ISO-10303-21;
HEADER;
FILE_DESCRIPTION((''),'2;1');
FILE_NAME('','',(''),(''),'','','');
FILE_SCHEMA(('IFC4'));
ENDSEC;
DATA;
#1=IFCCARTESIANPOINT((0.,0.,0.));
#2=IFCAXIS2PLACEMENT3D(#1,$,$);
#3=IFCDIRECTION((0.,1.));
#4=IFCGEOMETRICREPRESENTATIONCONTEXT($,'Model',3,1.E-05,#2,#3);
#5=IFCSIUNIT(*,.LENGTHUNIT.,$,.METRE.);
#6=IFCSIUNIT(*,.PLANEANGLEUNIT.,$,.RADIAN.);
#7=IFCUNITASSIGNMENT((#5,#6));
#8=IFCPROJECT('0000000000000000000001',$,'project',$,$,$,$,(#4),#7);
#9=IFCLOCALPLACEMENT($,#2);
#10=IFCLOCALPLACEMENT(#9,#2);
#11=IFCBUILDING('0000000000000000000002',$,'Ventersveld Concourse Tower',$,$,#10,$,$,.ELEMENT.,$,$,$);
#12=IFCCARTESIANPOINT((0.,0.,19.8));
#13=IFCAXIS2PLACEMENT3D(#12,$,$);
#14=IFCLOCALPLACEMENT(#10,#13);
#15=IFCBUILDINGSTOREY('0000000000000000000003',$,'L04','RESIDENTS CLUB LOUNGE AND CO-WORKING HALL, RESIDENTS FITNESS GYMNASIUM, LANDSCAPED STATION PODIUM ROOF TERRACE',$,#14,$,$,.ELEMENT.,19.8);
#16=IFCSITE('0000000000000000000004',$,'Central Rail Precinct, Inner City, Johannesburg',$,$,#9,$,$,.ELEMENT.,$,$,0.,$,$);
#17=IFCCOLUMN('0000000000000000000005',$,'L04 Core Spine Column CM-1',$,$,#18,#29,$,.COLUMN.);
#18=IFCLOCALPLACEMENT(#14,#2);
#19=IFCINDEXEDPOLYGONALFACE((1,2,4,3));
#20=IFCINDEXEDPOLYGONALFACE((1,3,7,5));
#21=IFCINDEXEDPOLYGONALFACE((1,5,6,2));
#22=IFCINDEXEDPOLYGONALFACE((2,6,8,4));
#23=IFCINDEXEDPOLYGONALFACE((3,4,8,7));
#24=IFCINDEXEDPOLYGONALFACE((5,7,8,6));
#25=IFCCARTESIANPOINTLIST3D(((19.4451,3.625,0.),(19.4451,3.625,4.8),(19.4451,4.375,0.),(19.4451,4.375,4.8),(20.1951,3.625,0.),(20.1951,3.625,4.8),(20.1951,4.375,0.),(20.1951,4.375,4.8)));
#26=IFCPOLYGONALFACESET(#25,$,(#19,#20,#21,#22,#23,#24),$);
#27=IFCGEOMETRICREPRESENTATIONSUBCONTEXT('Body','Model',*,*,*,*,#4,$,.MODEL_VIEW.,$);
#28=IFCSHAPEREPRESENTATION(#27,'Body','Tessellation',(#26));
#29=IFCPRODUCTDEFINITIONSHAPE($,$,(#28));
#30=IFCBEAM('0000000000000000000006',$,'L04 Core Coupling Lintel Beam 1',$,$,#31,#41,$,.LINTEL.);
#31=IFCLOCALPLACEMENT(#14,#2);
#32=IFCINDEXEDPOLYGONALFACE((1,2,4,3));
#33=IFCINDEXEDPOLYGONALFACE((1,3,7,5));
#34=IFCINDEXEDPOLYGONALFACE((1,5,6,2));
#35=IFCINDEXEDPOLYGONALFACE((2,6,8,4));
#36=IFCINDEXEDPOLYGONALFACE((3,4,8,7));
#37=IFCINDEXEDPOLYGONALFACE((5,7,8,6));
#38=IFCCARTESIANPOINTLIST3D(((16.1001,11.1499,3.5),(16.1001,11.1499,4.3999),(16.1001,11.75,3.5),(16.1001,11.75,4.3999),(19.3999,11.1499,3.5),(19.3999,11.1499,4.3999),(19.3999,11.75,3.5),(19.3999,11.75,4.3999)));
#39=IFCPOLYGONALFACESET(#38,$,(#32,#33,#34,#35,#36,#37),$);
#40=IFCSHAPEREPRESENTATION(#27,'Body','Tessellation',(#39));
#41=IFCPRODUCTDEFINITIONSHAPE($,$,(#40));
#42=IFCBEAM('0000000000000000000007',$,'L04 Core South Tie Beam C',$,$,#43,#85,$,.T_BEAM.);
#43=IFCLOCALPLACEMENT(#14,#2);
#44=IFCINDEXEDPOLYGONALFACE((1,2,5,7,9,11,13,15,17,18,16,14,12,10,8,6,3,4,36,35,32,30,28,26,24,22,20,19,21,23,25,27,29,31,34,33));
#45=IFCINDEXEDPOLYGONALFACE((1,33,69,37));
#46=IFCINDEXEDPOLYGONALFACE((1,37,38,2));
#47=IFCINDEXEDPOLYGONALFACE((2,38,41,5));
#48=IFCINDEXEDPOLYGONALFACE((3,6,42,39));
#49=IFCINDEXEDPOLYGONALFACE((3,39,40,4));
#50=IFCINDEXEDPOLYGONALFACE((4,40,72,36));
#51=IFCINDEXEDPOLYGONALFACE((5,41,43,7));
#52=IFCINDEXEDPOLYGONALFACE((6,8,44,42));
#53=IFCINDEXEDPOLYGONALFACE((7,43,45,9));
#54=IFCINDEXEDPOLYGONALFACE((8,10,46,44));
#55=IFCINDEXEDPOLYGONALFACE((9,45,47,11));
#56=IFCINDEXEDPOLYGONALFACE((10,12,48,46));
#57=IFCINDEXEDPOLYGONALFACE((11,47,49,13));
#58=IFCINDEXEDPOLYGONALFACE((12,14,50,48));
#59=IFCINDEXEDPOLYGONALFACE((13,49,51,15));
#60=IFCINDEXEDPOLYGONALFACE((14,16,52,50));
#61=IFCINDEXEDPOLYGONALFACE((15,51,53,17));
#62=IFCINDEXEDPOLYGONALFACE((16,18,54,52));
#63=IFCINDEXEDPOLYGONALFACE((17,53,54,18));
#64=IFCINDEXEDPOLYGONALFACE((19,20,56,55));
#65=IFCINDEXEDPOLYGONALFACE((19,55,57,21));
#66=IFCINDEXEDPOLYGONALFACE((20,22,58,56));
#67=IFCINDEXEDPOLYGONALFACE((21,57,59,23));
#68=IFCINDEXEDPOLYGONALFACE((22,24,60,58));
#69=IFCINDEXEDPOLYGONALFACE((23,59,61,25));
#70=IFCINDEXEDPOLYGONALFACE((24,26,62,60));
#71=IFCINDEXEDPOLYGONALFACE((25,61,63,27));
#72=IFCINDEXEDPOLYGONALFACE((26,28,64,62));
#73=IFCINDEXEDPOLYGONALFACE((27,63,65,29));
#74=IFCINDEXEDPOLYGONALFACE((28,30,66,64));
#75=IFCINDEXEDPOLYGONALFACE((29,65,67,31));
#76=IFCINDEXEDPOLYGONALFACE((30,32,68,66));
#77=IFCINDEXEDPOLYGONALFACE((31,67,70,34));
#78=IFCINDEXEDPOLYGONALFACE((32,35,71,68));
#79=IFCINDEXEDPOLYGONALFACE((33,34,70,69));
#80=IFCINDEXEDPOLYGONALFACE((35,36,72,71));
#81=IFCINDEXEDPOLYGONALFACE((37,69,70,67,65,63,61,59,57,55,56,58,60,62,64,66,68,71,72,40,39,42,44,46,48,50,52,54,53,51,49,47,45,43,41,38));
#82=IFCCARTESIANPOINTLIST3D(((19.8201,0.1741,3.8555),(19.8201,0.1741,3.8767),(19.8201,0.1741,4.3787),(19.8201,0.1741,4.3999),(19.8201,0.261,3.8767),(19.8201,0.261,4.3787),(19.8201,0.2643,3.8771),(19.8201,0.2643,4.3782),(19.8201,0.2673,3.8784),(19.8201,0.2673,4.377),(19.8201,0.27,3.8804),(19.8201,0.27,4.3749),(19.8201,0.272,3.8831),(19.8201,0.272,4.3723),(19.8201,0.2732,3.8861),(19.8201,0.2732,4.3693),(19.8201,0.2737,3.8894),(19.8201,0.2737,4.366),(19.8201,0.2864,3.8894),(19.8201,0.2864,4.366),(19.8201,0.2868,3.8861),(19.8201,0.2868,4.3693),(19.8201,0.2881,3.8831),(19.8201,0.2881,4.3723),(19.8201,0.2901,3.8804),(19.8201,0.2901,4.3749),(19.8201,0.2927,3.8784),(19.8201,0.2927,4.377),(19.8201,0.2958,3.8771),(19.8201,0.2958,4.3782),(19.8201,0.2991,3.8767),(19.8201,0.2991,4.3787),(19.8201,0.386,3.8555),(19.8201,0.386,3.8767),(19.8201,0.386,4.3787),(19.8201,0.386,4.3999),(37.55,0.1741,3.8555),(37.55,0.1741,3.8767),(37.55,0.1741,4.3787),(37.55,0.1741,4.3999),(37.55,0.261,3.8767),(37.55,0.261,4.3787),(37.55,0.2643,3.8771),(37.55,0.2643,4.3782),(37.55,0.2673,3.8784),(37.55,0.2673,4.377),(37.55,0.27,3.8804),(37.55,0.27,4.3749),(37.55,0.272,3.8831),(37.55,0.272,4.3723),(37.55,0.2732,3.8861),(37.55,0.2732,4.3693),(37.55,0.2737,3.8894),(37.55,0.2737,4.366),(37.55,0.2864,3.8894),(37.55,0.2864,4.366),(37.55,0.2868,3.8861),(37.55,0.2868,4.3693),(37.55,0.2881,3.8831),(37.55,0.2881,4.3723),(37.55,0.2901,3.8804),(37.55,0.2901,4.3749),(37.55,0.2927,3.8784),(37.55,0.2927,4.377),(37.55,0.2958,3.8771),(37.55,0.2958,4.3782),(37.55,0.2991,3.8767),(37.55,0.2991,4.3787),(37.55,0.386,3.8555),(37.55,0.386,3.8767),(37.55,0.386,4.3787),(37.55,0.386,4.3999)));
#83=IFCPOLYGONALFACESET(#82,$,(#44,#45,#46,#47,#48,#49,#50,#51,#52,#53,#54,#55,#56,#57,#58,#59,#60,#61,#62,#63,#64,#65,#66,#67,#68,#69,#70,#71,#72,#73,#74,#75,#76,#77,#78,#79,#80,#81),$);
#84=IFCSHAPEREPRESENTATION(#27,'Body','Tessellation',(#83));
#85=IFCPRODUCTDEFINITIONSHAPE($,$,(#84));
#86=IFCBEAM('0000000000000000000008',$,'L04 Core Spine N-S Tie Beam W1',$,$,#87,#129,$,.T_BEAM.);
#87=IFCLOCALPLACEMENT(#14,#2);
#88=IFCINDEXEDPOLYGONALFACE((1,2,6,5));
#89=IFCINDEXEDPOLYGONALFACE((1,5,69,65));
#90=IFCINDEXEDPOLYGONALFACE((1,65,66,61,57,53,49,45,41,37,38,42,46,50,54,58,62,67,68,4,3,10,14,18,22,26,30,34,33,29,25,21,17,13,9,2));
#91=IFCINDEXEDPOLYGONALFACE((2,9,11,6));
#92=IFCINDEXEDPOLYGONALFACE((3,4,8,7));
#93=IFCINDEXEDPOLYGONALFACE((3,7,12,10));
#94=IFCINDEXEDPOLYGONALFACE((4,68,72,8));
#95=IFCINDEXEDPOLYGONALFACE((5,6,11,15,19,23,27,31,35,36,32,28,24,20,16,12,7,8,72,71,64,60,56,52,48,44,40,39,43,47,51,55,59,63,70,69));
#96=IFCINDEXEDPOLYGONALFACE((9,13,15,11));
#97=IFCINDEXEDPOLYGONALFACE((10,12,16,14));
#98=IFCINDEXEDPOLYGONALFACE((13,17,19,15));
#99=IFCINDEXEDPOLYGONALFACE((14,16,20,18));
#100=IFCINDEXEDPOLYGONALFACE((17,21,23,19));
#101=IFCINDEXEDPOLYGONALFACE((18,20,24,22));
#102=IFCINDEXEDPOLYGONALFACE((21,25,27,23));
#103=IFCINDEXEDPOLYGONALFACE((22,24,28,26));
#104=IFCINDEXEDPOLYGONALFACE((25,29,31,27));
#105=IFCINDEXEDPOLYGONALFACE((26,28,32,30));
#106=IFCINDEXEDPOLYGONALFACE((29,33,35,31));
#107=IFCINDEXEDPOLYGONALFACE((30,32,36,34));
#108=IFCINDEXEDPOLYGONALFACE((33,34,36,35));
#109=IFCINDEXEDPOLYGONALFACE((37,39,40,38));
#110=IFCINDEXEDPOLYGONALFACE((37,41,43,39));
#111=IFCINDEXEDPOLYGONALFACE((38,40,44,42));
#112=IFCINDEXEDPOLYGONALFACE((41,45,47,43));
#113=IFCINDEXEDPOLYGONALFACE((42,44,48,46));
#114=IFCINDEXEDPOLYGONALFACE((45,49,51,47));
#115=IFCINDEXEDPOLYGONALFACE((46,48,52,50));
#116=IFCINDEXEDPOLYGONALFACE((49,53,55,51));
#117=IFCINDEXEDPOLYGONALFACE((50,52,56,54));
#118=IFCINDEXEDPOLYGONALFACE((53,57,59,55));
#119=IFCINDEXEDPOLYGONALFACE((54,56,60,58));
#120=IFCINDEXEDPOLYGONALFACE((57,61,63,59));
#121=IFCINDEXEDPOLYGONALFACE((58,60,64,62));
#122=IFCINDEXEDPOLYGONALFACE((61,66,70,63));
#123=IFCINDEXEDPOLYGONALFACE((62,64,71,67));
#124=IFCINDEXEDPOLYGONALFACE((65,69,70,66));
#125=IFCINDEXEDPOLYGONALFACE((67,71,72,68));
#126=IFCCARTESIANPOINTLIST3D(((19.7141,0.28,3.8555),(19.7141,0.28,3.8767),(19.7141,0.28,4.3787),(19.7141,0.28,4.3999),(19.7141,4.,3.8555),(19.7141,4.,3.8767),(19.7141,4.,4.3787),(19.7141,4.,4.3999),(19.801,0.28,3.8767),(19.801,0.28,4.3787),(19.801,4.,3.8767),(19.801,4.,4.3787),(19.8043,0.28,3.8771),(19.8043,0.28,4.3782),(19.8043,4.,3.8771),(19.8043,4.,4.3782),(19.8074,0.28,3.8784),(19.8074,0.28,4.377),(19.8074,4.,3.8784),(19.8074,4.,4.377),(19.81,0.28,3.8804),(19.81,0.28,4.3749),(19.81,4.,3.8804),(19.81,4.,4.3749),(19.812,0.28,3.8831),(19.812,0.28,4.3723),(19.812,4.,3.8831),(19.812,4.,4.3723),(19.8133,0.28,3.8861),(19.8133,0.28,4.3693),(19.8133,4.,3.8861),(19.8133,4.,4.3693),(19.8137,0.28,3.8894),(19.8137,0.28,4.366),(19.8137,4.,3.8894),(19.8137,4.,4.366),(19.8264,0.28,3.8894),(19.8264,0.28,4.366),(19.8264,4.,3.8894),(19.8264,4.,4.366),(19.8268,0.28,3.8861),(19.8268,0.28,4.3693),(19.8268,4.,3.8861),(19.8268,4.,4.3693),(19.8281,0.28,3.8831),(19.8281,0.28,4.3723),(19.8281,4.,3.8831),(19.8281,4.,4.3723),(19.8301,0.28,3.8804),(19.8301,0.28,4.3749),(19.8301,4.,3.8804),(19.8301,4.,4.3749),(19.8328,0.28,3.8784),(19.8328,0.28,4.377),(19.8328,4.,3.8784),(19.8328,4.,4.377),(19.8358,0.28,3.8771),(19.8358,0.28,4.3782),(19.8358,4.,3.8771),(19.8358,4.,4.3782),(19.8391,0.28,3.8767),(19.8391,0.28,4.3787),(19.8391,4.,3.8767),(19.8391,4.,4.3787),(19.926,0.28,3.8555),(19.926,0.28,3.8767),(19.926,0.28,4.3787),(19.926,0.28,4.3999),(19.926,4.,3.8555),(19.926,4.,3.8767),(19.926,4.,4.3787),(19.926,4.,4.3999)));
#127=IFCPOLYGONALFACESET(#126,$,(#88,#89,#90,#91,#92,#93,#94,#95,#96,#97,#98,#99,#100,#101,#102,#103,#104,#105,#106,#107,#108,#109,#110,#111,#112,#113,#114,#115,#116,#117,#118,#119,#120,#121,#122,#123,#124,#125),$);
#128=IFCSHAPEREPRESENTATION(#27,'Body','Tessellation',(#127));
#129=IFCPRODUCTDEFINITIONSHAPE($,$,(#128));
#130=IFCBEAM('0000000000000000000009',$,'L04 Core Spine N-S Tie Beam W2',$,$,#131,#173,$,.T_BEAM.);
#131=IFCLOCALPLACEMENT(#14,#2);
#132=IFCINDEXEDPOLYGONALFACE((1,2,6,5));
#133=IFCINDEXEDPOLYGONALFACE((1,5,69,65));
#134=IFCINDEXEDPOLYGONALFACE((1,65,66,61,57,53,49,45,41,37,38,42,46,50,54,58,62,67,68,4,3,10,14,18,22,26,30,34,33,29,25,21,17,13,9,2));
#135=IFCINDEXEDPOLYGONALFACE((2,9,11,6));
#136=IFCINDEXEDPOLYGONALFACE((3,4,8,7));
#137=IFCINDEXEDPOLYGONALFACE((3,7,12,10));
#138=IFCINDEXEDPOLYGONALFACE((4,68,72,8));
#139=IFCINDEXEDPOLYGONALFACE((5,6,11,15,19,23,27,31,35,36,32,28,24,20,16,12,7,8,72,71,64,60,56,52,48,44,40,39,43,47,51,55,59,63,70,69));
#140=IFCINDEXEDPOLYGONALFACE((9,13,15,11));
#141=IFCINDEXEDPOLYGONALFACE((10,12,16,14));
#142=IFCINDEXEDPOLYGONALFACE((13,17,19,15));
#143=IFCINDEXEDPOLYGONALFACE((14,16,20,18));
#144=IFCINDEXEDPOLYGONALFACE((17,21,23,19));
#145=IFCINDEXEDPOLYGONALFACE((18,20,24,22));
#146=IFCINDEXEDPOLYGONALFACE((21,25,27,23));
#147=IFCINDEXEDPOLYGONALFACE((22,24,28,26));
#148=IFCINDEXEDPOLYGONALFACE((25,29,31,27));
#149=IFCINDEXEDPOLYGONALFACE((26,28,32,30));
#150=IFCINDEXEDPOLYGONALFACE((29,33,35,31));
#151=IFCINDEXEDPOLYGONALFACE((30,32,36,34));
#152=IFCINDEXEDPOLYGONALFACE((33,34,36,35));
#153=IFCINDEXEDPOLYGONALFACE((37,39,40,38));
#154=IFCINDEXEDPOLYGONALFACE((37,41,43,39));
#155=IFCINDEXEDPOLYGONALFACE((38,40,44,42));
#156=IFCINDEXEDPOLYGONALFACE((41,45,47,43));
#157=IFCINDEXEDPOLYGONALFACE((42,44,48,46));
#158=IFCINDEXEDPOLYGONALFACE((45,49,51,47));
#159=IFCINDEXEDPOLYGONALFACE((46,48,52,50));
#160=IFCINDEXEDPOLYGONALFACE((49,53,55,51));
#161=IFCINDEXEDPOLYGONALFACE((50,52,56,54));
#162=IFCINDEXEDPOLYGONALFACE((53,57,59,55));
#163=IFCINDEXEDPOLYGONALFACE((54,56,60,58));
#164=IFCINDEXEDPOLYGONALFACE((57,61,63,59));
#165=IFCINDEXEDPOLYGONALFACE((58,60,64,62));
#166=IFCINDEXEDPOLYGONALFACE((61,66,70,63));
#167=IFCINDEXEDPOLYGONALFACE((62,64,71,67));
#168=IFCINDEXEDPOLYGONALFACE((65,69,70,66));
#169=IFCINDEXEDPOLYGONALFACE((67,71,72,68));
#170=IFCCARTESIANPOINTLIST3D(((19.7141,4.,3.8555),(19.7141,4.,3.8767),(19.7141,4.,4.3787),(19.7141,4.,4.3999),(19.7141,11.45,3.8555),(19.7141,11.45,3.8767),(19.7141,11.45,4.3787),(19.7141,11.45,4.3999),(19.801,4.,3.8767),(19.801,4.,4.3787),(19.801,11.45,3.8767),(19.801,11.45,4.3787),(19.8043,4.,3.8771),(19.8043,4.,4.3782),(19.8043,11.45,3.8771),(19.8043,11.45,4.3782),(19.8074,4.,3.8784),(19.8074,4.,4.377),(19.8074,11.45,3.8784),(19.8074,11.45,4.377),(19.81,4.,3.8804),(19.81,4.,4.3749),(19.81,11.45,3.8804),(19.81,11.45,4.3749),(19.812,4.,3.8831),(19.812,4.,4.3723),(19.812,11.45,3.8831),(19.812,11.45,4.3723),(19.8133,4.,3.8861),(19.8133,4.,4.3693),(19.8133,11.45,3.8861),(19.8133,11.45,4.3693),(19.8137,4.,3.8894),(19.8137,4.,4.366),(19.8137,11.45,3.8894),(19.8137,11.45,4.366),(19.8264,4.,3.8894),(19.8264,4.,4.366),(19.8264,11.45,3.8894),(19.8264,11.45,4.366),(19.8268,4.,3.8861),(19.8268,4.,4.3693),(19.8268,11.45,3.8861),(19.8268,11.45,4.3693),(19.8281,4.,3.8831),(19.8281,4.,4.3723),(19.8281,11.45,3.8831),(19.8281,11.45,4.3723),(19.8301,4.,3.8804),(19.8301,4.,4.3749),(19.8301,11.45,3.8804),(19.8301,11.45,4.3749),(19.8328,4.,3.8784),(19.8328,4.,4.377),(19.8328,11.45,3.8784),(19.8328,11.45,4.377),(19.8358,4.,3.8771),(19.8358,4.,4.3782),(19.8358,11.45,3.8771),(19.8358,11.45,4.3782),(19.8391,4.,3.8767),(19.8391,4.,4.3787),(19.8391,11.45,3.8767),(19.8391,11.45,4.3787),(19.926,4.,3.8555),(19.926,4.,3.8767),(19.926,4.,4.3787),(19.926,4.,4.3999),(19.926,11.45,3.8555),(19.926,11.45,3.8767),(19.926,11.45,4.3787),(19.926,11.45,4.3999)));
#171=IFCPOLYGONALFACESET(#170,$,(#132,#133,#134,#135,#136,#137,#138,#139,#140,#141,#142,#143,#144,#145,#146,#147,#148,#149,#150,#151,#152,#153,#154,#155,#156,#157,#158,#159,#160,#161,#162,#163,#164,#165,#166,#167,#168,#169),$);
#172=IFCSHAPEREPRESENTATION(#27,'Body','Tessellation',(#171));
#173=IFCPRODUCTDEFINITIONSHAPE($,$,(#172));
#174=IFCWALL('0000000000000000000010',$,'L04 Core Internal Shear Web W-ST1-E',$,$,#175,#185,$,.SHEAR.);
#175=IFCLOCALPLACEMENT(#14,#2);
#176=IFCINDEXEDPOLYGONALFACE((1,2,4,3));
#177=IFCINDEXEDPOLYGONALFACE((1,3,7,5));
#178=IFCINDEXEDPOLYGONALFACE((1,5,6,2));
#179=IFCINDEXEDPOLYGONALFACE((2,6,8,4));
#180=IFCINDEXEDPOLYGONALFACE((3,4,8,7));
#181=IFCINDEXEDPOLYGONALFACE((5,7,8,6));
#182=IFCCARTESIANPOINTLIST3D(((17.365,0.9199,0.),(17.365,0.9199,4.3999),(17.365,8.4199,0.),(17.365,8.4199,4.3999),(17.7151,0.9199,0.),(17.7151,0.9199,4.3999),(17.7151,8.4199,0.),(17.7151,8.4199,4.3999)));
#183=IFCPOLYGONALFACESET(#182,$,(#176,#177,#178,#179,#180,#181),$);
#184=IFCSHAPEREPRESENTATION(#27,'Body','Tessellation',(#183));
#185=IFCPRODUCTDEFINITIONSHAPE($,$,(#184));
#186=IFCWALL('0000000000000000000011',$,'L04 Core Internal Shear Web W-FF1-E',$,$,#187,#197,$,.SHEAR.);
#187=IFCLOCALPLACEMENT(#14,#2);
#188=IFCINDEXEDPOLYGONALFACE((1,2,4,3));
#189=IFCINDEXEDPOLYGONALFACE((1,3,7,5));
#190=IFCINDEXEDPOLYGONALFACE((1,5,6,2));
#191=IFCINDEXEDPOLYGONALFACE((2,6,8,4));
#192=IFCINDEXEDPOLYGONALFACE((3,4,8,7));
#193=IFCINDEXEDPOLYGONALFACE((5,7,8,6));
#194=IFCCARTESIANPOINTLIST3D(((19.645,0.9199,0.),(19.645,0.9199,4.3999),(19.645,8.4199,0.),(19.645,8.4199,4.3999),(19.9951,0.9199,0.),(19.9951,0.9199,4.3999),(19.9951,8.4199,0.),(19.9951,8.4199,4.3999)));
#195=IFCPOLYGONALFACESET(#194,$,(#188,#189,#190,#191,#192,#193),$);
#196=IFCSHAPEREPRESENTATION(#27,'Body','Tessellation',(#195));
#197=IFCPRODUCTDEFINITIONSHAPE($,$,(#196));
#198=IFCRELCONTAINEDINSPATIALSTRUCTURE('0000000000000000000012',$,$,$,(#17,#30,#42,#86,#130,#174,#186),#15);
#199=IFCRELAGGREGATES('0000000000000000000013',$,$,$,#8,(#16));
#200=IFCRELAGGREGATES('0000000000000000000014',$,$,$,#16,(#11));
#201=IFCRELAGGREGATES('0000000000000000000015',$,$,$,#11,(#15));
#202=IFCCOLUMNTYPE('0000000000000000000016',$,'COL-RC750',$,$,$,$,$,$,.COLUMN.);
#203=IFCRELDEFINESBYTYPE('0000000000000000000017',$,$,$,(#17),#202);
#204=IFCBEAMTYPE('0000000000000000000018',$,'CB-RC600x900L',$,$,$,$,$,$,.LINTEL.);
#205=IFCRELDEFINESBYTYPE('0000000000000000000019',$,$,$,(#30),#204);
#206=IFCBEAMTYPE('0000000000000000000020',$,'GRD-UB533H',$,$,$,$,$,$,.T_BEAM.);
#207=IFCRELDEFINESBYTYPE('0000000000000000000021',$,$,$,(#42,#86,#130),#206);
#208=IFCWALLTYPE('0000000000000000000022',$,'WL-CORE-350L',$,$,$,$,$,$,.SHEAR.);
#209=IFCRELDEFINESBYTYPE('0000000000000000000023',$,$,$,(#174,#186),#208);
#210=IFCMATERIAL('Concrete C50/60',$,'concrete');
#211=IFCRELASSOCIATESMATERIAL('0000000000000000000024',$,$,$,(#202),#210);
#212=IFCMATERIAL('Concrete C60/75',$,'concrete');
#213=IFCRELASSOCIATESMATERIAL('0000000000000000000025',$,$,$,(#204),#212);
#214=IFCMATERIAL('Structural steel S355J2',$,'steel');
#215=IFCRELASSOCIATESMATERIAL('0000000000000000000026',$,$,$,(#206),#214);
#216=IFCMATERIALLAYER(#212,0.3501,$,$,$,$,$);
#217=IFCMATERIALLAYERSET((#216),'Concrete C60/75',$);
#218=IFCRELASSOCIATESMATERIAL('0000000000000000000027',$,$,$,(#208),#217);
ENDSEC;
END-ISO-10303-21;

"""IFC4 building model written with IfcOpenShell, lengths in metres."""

from ifc_helpers import new_model, si_unit, direction, frame, frame_2d, origin, origin_2d, place, context, subcontext, project, spatial, rectangle, i_section, extrude, material, layer, layer_set, material_profile, profile_set, type_object, element, save


model = new_model("IFC4")

# Units and contexts
model_context = context("Model", 3, precision=1e-05, world=origin(), true_north=direction((0.0, 1.0)))
body_context = subcontext(model_context, "Body", "Model", "MODEL_VIEW")
ifc_project = project(units=[si_unit("LENGTHUNIT", "METRE"), si_unit("PLANEANGLEUNIT", "RADIAN")], contexts=[model_context])

# Site, building, storey
site_placement = place(None, origin())
site = spatial("IfcSite", under=ifc_project, at=site_placement, Name="Central Rail Precinct, Inner City, Johannesburg", CompositionType="ELEMENT", RefElevation=0.0)
building_placement = place(site_placement, origin())
building = spatial("IfcBuilding", under=site, at=building_placement, Name="Ventersveld Concourse Tower", CompositionType="ELEMENT")
storey_placement = place(building_placement, frame((0.0, 0.0, 19.8)))
storey = spatial("IfcBuildingStorey", under=building, at=storey_placement, Name="L04", Description="RESIDENTS CLUB LOUNGE AND CO-WORKING HALL, RESIDENTS FITNESS GYMNASIUM, LANDSCAPED STATION PODIUM ROOF TERRACE", CompositionType="ELEMENT", Elevation=19.8)

# Column
ifc_material_1 = material(Name="Concrete C50/60", Category="concrete")
ifc_material_profile_1 = material_profile(ifc_material_1, rectangle(XDim=0.75, YDim=0.75, at=origin_2d()), Name="RC 750x750")
ifc_profile_set_1 = profile_set([ifc_material_profile_1], Name="Concrete C50/60")
column_type = type_object("IfcColumnType", Name="COL-RC750", PredefinedType="COLUMN", material=ifc_profile_set_1)
column_placement = place(storey_placement, frame((19.8201, 4.0, 0.0), z_axis=(0.0, 0.0, 1.0), x_axis=(1.0, 0.0, 0.0)))
element("IfcColumn", 1, at=column_placement, inside=storey, type_object=column_type, Name="L04 Core Spine Column CM-1", PredefinedType="COLUMN", context=body_context, shape_type="SweptSolid", body=[
    extrude(rectangle(XDim=0.75, YDim=0.75, at=origin_2d()), origin(), (0.0, 0.0, 1.0), 4.8),
])

# Beams
ifc_material_2 = material(Name="Concrete C60/75", Category="concrete")
ifc_material_profile_2 = material_profile(ifc_material_2, rectangle(XDim=0.6001, YDim=0.8999, at=origin_2d()), Name="RC 600x900")
ifc_profile_set_2 = profile_set([ifc_material_profile_2], Name="Concrete C60/75")
beam_type_1 = type_object("IfcBeamType", Name="CB-RC600x900L", PredefinedType="LINTEL", material=ifc_profile_set_2)
beam_1_placement = place(storey_placement, frame((16.1001, 11.45, 3.95), z_axis=(1.0, 0.0, 0.0), x_axis=(0.0, 1.0, 0.0)))
element("IfcBeam", 2, at=beam_1_placement, inside=storey, type_object=beam_type_1, Name="L04 Core Coupling Lintel Beam 1", PredefinedType="LINTEL", context=body_context, shape_type="SweptSolid", body=[
    extrude(rectangle(XDim=0.6001, YDim=0.8999, at=origin_2d()), origin(), (0.0, 0.0, 1.0), 3.2998),
])
ifc_material_3 = material(Name="Structural steel S355J2", Category="steel")
ifc_material_profile_3 = material_profile(ifc_material_3, i_section(OverallWidth=0.2119, OverallDepth=0.5444, WebThickness=0.0127, FlangeThickness=0.0212, FilletRadius=0.0127, at=origin_2d()), Name="UB 533x210x122")
ifc_profile_set_3 = profile_set([ifc_material_profile_3], Name="Structural steel S355J2")
beam_type_2 = type_object("IfcBeamType", Name="GRD-UB533H", PredefinedType="T_BEAM", material=ifc_profile_set_3)
beam_2_placement = place(storey_placement, frame((19.8201, 0.28, 4.1277), z_axis=(1.0, 0.0, 0.0), x_axis=(0.0, 1.0, 0.0)))
element("IfcBeam", 3, at=beam_2_placement, inside=storey, type_object=beam_type_2, Name="L04 Core South Tie Beam C", PredefinedType="T_BEAM", context=body_context, shape_type="SweptSolid", body=[
    extrude(i_section(OverallWidth=0.2119, OverallDepth=0.5444, WebThickness=0.0127, FlangeThickness=0.0212, FilletRadius=0.0127, at=origin_2d()), origin(), (0.0, 0.0, 1.0), 17.73),
])
beam_3_placement = place(storey_placement, frame((19.8201, 0.28, 4.1277), z_axis=(0.0, 1.0, 0.0), x_axis=(-1.0, 0.0, 0.0)))
element("IfcBeam", 4, at=beam_3_placement, inside=storey, type_object=beam_type_2, Name="L04 Core Spine N-S Tie Beam W1", PredefinedType="T_BEAM", context=body_context, shape_type="SweptSolid", body=[
    extrude(i_section(OverallWidth=0.2119, OverallDepth=0.5444, WebThickness=0.0127, FlangeThickness=0.0212, FilletRadius=0.0127, at=origin_2d()), origin(), (0.0, 0.0, 1.0), 3.72),
])
beam_4_placement = place(storey_placement, frame((19.8201, 4.0, 4.1277), z_axis=(0.0, 1.0, 0.0), x_axis=(-1.0, 0.0, 0.0)))
element("IfcBeam", 5, at=beam_4_placement, inside=storey, type_object=beam_type_2, Name="L04 Core Spine N-S Tie Beam W2", PredefinedType="T_BEAM", context=body_context, shape_type="SweptSolid", body=[
    extrude(i_section(OverallWidth=0.2119, OverallDepth=0.5444, WebThickness=0.0127, FlangeThickness=0.0212, FilletRadius=0.0127, at=origin_2d()), origin(), (0.0, 0.0, 1.0), 7.45),
])

# Walls
ifc_layer_1 = layer(ifc_material_2, 0.3501)
ifc_layer_set_1 = layer_set([ifc_layer_1], Name="Concrete C60/75")
wall_type_1 = type_object("IfcWallType", Name="WL-CORE-350L", PredefinedType="SHEAR", material=ifc_layer_set_1)
for number, where, z_axis, x_axis, name in (
    (6, (17.54, 0.9199, 0.0), (0.0, 0.0, 1.0), (0.0, 1.0, 0.0), "L04 Core Internal Shear Web W-ST1-E"),
    (7, (19.8201, 0.9199, 0.0), (0.0, 0.0, 1.0), (0.0, 1.0, 0.0), "L04 Core Internal Shear Web W-FF1-E"),
):
    element("IfcWall", number, at=place(storey_placement, frame(where, z_axis=z_axis, x_axis=x_axis)), inside=storey, type_object=wall_type_1, Name=name, PredefinedType="SHEAR", context=body_context, shape_type="SweptSolid", body=[
        extrude(rectangle(XDim=7.5, YDim=0.3501, at=frame_2d((3.75, 0.0))), origin(), (0.0, 0.0, 1.0), 4.3999),
    ])

save(model, "model.ifc")
